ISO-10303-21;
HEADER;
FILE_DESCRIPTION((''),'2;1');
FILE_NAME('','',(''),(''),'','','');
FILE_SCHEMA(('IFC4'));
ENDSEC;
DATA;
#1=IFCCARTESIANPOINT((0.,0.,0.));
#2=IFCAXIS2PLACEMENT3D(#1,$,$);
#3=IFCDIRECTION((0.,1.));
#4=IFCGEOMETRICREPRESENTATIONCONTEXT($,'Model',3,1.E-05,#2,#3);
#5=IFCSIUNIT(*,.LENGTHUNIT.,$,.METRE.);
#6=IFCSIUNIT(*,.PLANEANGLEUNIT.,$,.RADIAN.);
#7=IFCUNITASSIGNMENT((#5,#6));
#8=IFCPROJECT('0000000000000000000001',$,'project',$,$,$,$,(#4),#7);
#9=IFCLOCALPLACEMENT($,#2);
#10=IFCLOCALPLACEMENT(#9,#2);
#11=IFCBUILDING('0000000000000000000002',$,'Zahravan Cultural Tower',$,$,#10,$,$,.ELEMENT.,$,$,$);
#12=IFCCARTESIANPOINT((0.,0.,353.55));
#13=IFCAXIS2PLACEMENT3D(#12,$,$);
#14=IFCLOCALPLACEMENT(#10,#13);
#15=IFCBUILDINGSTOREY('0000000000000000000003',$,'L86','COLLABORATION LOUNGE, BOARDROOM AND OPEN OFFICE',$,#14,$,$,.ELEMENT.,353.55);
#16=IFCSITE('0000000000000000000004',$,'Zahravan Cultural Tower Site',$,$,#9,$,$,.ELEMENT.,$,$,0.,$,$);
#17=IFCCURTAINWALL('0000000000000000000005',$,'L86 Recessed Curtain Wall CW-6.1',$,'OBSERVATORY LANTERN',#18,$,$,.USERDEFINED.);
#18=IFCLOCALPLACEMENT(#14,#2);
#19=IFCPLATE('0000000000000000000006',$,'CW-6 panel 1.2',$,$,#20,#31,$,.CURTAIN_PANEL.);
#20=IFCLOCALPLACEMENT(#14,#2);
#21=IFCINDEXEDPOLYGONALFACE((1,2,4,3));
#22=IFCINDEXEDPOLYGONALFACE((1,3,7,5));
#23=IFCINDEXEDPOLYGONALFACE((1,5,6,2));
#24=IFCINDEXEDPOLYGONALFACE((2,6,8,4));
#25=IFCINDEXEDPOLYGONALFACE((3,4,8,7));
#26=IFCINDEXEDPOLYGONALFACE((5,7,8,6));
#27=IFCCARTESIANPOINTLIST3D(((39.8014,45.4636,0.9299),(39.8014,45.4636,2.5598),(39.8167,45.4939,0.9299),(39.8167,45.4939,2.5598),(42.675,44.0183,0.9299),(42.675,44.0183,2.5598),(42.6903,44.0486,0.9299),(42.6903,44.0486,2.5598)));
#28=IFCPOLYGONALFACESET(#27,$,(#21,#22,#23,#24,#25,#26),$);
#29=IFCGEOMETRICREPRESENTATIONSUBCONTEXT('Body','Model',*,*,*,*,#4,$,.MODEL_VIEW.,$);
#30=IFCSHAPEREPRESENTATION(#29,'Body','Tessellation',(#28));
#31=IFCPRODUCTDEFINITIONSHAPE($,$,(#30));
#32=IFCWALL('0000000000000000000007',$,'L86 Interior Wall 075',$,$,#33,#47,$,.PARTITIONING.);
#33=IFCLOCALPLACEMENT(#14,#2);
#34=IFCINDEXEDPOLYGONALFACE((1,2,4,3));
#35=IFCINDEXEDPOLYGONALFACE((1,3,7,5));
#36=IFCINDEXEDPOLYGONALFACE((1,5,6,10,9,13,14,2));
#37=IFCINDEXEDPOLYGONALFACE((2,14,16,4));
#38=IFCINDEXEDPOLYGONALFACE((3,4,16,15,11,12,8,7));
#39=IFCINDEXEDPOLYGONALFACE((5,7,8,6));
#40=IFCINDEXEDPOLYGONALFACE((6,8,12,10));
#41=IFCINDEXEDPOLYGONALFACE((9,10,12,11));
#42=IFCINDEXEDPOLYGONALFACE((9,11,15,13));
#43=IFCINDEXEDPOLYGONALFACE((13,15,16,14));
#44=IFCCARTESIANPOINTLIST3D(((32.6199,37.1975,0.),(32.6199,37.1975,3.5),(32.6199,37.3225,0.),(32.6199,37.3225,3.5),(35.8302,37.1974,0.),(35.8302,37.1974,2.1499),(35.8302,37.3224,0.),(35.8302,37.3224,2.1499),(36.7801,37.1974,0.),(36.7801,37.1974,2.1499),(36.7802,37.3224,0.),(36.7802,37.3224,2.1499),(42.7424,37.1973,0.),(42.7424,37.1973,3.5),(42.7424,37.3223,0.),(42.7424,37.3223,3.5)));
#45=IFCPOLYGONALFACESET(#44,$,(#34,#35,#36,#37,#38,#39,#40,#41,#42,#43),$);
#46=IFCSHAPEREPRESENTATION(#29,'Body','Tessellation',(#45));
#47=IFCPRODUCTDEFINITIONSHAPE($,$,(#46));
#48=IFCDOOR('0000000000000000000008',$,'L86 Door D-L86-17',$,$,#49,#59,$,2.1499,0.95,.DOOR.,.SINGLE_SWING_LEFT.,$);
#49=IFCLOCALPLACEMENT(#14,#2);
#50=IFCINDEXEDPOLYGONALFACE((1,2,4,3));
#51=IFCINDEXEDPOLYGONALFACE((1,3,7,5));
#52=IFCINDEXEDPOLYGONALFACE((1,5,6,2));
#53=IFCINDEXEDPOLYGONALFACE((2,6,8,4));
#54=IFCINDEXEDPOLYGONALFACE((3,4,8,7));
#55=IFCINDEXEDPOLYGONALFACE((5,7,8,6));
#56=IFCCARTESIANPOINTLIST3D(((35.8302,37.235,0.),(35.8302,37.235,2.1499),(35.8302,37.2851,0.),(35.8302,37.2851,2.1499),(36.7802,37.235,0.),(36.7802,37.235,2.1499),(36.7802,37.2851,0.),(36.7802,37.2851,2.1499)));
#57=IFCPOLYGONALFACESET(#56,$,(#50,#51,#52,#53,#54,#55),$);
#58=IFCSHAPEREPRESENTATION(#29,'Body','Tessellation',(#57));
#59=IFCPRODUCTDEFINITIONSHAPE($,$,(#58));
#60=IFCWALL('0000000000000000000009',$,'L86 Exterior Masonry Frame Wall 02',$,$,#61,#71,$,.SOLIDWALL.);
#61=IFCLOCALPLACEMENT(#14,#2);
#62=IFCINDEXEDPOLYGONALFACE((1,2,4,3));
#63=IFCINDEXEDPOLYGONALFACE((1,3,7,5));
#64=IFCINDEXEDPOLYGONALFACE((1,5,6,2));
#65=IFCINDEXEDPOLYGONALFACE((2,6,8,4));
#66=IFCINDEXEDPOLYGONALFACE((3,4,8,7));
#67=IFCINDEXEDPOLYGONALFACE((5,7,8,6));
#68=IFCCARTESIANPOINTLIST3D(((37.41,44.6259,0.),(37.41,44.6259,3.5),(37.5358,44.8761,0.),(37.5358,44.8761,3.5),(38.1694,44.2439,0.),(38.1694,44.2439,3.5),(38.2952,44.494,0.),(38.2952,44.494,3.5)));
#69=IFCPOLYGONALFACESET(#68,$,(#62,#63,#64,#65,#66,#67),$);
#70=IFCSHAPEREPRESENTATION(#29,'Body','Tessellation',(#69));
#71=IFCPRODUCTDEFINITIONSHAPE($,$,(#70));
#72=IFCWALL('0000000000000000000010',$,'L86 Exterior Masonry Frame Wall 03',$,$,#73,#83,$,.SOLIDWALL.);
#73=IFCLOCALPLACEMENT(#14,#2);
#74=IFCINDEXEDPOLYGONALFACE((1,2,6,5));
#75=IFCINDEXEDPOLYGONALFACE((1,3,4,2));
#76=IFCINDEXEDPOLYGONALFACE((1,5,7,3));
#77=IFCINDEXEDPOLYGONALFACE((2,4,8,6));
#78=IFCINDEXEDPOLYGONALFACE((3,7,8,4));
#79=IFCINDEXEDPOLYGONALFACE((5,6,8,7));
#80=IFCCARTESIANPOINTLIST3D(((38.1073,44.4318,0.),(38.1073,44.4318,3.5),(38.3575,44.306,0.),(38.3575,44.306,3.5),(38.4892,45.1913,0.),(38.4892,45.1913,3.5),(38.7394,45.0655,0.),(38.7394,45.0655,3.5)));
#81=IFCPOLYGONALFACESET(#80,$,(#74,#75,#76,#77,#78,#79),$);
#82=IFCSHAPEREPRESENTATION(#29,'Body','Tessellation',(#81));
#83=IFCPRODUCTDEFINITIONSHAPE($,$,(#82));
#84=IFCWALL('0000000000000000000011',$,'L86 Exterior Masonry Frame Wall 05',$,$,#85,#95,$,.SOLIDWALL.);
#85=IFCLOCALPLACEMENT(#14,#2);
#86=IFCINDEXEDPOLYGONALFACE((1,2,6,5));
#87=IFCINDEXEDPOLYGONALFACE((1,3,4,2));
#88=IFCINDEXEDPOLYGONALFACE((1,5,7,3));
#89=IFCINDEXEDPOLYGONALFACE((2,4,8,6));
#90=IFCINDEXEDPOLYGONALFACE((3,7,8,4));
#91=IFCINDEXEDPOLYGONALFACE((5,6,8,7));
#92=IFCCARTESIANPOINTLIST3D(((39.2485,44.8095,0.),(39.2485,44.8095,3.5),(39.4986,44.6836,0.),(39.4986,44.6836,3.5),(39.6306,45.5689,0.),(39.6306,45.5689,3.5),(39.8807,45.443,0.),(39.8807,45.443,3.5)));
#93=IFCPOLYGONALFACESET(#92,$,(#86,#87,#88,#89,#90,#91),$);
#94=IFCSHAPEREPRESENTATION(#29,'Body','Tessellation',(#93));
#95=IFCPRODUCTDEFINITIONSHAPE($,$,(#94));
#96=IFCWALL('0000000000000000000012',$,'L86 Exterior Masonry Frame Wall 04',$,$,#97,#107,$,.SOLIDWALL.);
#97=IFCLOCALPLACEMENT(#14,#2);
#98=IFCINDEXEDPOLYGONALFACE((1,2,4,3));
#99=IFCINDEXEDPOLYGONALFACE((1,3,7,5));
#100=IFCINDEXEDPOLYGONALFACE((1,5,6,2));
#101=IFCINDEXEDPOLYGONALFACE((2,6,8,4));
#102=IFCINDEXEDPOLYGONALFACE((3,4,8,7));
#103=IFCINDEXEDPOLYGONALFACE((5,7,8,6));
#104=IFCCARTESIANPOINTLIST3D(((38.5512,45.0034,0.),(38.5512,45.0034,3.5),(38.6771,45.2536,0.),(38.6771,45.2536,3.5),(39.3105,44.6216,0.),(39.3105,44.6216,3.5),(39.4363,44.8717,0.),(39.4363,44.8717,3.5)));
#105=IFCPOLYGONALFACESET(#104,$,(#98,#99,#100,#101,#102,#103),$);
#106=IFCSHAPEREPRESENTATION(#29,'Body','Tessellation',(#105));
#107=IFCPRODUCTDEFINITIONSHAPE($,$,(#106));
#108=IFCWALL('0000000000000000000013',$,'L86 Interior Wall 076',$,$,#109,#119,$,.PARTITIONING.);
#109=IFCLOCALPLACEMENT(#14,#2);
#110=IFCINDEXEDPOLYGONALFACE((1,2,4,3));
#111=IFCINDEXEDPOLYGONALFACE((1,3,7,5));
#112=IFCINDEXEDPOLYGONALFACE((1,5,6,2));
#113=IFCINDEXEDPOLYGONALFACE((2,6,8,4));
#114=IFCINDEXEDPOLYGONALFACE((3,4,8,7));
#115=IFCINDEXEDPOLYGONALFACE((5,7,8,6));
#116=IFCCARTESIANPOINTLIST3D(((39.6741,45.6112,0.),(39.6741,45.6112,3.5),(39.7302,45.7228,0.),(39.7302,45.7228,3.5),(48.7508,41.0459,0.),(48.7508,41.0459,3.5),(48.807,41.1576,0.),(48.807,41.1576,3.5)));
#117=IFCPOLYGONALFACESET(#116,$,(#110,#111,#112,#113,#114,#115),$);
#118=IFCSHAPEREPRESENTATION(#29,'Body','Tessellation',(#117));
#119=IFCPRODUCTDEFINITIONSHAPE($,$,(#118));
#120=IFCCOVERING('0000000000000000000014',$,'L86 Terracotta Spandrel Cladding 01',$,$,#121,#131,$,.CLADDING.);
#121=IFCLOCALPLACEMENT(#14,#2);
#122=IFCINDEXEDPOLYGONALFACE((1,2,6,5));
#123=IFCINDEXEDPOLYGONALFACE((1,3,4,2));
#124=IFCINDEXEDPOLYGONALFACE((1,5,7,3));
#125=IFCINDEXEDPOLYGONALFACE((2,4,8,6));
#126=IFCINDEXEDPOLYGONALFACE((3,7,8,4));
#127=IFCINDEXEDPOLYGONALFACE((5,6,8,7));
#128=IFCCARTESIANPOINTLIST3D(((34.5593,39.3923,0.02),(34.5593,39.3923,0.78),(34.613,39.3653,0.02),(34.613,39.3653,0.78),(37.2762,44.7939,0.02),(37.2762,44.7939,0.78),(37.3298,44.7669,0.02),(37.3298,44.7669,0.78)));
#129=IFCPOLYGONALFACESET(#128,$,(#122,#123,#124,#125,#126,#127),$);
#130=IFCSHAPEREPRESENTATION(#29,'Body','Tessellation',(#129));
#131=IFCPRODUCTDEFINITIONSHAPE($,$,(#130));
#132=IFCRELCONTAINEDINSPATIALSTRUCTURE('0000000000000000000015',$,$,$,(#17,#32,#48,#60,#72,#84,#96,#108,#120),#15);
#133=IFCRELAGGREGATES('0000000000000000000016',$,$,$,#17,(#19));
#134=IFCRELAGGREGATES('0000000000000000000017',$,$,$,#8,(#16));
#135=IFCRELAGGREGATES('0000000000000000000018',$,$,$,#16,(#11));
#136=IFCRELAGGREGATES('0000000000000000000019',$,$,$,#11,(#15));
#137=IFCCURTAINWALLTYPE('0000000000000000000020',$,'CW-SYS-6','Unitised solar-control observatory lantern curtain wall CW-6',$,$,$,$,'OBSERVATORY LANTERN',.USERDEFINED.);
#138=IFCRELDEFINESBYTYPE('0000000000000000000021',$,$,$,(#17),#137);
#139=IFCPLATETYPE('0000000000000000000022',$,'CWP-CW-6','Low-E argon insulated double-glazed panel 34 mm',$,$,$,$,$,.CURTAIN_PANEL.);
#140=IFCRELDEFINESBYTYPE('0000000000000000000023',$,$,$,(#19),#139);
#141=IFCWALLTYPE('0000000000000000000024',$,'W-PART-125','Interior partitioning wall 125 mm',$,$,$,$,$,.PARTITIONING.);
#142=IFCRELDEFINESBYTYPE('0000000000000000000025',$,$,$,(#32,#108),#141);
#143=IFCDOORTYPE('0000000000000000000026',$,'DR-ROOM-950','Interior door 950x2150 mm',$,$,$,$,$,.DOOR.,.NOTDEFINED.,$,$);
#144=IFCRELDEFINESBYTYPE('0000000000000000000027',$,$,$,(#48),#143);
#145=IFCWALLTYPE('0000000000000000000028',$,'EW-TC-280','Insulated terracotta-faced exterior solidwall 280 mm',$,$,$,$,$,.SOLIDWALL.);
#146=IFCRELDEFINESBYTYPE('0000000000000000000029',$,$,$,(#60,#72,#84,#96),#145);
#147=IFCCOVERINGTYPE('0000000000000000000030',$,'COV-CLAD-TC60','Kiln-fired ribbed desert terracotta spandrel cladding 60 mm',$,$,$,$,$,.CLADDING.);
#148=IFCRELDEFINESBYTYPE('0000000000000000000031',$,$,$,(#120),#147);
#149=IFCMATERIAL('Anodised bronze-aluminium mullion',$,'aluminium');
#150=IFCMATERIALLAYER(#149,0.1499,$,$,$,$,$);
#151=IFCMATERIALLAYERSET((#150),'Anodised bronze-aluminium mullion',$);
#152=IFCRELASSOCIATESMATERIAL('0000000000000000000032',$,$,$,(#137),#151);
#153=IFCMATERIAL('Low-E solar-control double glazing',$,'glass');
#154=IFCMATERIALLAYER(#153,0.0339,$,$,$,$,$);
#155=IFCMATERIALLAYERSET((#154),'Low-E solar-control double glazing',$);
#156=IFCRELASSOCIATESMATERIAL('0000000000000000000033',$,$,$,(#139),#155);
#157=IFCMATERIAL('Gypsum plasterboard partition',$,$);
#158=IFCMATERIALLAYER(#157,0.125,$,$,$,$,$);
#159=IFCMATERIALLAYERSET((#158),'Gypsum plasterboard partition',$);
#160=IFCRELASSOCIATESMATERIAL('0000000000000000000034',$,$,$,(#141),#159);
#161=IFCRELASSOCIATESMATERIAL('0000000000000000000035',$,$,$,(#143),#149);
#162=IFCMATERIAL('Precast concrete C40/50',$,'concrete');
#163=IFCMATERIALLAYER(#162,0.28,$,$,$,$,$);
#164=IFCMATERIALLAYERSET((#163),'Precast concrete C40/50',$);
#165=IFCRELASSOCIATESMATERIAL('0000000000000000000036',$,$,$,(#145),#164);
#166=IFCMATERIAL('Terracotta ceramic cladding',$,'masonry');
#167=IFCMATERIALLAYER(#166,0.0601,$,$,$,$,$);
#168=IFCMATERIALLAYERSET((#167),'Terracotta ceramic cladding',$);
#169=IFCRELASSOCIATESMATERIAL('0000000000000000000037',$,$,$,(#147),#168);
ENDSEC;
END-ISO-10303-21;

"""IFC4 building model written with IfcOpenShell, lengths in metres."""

from ifc_helpers import new_model, si_unit, direction, frame, frame_2d, origin, origin_2d, place, context, subcontext, project, spatial, rectangle, extrude, source, transform, mapped, material, layer, layer_set, type_object, element, fill, aggregate, save


model = new_model("IFC4")

# Units and contexts
model_context = context("Model", 3, precision=1e-05, world=origin(), true_north=direction((0.0, 1.0)))
body_context = subcontext(model_context, "Body", "Model", "MODEL_VIEW")
ifc_project = project(units=[si_unit("LENGTHUNIT", "METRE"), si_unit("PLANEANGLEUNIT", "RADIAN")], contexts=[model_context])

# Site, building, storey
site_placement = place(None, origin())
site = spatial("IfcSite", under=ifc_project, at=site_placement, Name="Zahravan Cultural Tower Site", CompositionType="ELEMENT", RefElevation=0.0)
building_placement = place(site_placement, origin())
building = spatial("IfcBuilding", under=site, at=building_placement, Name="Zahravan Cultural Tower", CompositionType="ELEMENT")
storey_placement = place(building_placement, frame((0.0, 0.0, 353.55)))
storey = spatial("IfcBuildingStorey", under=building, at=storey_placement, Name="L86", Description="COLLABORATION LOUNGE, BOARDROOM AND OPEN OFFICE", CompositionType="ELEMENT", Elevation=353.55)

# Curtain wall, plate
ifc_material_1 = material(Name="Anodised bronze-aluminium mullion", Category="aluminium")
ifc_layer_1 = layer(ifc_material_1, 0.1499)
ifc_layer_set_1 = layer_set([ifc_layer_1], Name="Anodised bronze-aluminium mullion")
curtain_wall_type = type_object("IfcCurtainWallType", Name="CW-SYS-6", Description="Unitised solar-control observatory lantern curtain wall CW-6", ElementType="OBSERVATORY LANTERN", PredefinedType="USERDEFINED", material=ifc_layer_set_1)
curtain_wall_placement = place(storey_placement, origin())
curtain_wall = element("IfcCurtainWall", 1, at=curtain_wall_placement, inside=storey, type_object=curtain_wall_type, Name="L86 Recessed Curtain Wall CW-6.1", ObjectType="OBSERVATORY LANTERN", PredefinedType="USERDEFINED")
ifc_material_2 = material(Name="Low-E solar-control double glazing", Category="glass")
ifc_layer_2 = layer(ifc_material_2, 0.0339)
ifc_layer_set_2 = layer_set([ifc_layer_2], Name="Low-E solar-control double glazing")
plate_type = type_object("IfcPlateType", Name="CWP-CW-6", Description="Low-E argon insulated double-glazed panel 34 mm", PredefinedType="CURTAIN_PANEL", material=ifc_layer_set_2)
shared_shape_1 = source(origin(), body_context, "Body", "SweptSolid", [
    extrude(rectangle(XDim=3.2166, YDim=0.0339, at=origin_2d()), origin(), (0.0, 0.0, 1.0), 1.6299),
])
plate_1_placement = place(storey_placement, frame((41.2458, 44.7561, 0.9299), z_axis=(0.0, 0.0, 1.0), x_axis=(0.893372, -0.449317, 0.0)))
plate_1 = element("IfcPlate", 2, at=plate_1_placement, type_object=plate_type, Name="CW-6 panel 1.2", PredefinedType="CURTAIN_PANEL", context=body_context, shape_type="MappedRepresentation", body=[
    mapped(shared_shape_1, transform((0.0, 0.0, 0.0), x_axis=(1.0, 0.0, 0.0), y_axis=(0.0, 1.0, 0.0), z_axis=(0.0, 0.0, 1.0), scale=1.0)),
])
aggregate(curtain_wall, [plate_1])

# Wall, opening, door
ifc_material_3 = material(Name="Gypsum plasterboard partition")
ifc_layer_3 = layer(ifc_material_3, 0.125)
ifc_layer_set_3 = layer_set([ifc_layer_3], Name="Gypsum plasterboard partition")
wall_type_1 = type_object("IfcWallType", Name="W-PART-125", Description="Interior partitioning wall 125 mm", PredefinedType="PARTITIONING", material=ifc_layer_set_3)
wall_1_placement = place(storey_placement, frame((42.7424, 37.2598, 0.0), z_axis=(0.0, 0.0, 1.0), x_axis=(-1.0, 0.000024, 0.0)))
wall_1 = element("IfcWall", 3, at=wall_1_placement, inside=storey, type_object=wall_type_1, Name="L86 Interior Wall 075", PredefinedType="PARTITIONING", context=body_context, shape_type="SweptSolid", body=[
    extrude(rectangle(XDim=10.1226, YDim=0.125, at=frame_2d((5.0613, 0.0))), origin(), (0.0, 0.0, 1.0), 3.5),
])
opening_placement = place(wall_1_placement, frame((5.9622, 0.0, 0.0)))
opening = element("IfcOpeningElement", 4, at=opening_placement, cuts=wall_1, PredefinedType="OPENING", context=body_context, shape_type="SweptSolid", body=[
    extrude(rectangle(XDim=0.95, YDim=2.1499, at=frame_2d((0.4751, 1.075))), frame((0.0, 0.0725, 0.0), z_axis=(0.0, -1.0, 0.0), x_axis=(1.0, 0.0, 0.0)), (0.0, 0.0, 1.0), 0.145),
])
door_type = type_object("IfcDoorType", Name="DR-ROOM-950", Description="Interior door 950x2150 mm", OperationType="NOTDEFINED", PredefinedType="DOOR", material=ifc_material_1)
shared_shape_2 = source(origin(), body_context, "Body", "SweptSolid", [
    extrude(rectangle(XDim=0.95, YDim=2.1499, at=frame_2d((0.4751, 1.075))), frame((0.0, 0.0249, 0.0), z_axis=(0.0, -1.0, 0.0), x_axis=(1.0, 0.0, 0.0)), (0.0, 0.0, 1.0), 0.05),
])
door_placement = place(opening_placement, origin())
door = element("IfcDoor", 5, at=door_placement, inside=storey, type_object=door_type, Name="L86 Door D-L86-17", OperationType="SINGLE_SWING_LEFT", OverallHeight=2.1499, OverallWidth=0.95, PredefinedType="DOOR", context=body_context, shape_type="MappedRepresentation", body=[
    mapped(shared_shape_2, transform((0.0, 0.0, 0.0), x_axis=(1.0, 0.0, 0.0), y_axis=(0.0, 1.0, 0.0), z_axis=(0.0, 0.0, 1.0), scale=1.0)),
])
fill(opening, door)

# Walls
ifc_material_4 = material(Name="Precast concrete C40/50", Category="concrete")
ifc_layer_4 = layer(ifc_material_4, 0.28)
ifc_layer_set_4 = layer_set([ifc_layer_4], Name="Precast concrete C40/50")
wall_type_2 = type_object("IfcWallType", Name="EW-TC-280", Description="Insulated terracotta-faced exterior solidwall 280 mm", PredefinedType="SOLIDWALL", material=ifc_layer_set_4)
shared_shape_3 = source(origin(), body_context, "Body", "SweptSolid", [
    extrude(rectangle(XDim=0.8501, YDim=0.28, at=frame_2d((0.425, 0.0))), origin(), (0.0, 0.0, 1.0), 3.5),
])
for number, where, z_axis, x_axis, name in (
    (6, (37.4729, 44.751, 0.0), (0.0, 0.0, 1.0), (0.893333, -0.449395, 0.0), "L86 Exterior Masonry Frame Wall 02"),
    (7, (38.2324, 44.3689, 0.0), (0.0, 0.0, 1.0), (0.449165, 0.893449, 0.0), "L86 Exterior Masonry Frame Wall 03"),
    (8, (39.3735, 44.7466, 0.0), (0.0, 0.0, 1.0), (0.44951, 0.893275, 0.0), "L86 Exterior Masonry Frame Wall 05"),
):
    element("IfcWall", number, at=place(storey_placement, frame(where, z_axis=z_axis, x_axis=x_axis)), inside=storey, type_object=wall_type_2, Name=name, PredefinedType="SOLIDWALL", context=body_context, shape_type="MappedRepresentation", body=[
        mapped(shared_shape_3, transform((0.0, 0.0, 0.0), x_axis=(1.0, 0.0, 0.0), y_axis=(0.0, 1.0, 0.0), z_axis=(0.0, 0.0, 1.0), scale=1.0)),
    ])
shared_shape_4 = source(origin(), body_context, "Body", "SweptSolid", [
    extrude(rectangle(XDim=0.8499, YDim=0.28, at=frame_2d((0.4248, 0.0))), origin(), (0.0, 0.0, 1.0), 3.5),
])
wall_2_placement = place(storey_placement, frame((38.6143, 45.1284, 0.0), z_axis=(0.0, 0.0, 1.0), x_axis=(0.893391, -0.449281, 0.0)))
element("IfcWall", 9, at=wall_2_placement, inside=storey, type_object=wall_type_2, Name="L86 Exterior Masonry Frame Wall 04", PredefinedType="SOLIDWALL", context=body_context, shape_type="MappedRepresentation", body=[
    mapped(shared_shape_4, transform((0.0, 0.0, 0.0), x_axis=(1.0, 0.0, 0.0), y_axis=(0.0, 1.0, 0.0), z_axis=(0.0, 0.0, 1.0), scale=1.0)),
])
shared_shape_5 = source(origin(), body_context, "Body", "SweptSolid", [
    extrude(rectangle(XDim=10.1602, YDim=0.125, at=frame_2d((5.0801, 0.0))), origin(), (0.0, 0.0, 1.0), 3.5),
])
wall_3_placement = place(storey_placement, frame((39.7021, 45.667, 0.0), z_axis=(0.0, 0.0, 1.0), x_axis=(0.893367, -0.449327, 0.0)))
element("IfcWall", 10, at=wall_3_placement, inside=storey, type_object=wall_type_1, Name="L86 Interior Wall 076", PredefinedType="PARTITIONING", context=body_context, shape_type="MappedRepresentation", body=[
    mapped(shared_shape_5, transform((0.0, 0.0, 0.0), x_axis=(1.0, 0.0, 0.0), y_axis=(0.0, 1.0, 0.0), z_axis=(0.0, 0.0, 1.0), scale=1.0)),
])

# Covering
ifc_material_5 = material(Name="Terracotta ceramic cladding", Category="masonry")
ifc_layer_5 = layer(ifc_material_5, 0.0601)
ifc_layer_set_5 = layer_set([ifc_layer_5], Name="Terracotta ceramic cladding")
covering_type = type_object("IfcCoveringType", Name="COV-CLAD-TC60", Description="Kiln-fired ribbed desert terracotta spandrel cladding 60 mm", PredefinedType="CLADDING", material=ifc_layer_set_5)
shared_shape_6 = source(origin(), body_context, "Body", "SweptSolid", [
    extrude(rectangle(XDim=6.0464, YDim=0.0601, at=origin_2d()), origin(), (0.0, 0.0, 1.0), 0.76),
])
covering_placement = place(storey_placement, frame((35.9446, 42.0796, 0.02), z_axis=(0.0, 0.0, 1.0), x_axis=(0.449335, 0.893364, 0.0)))
element("IfcCovering", 11, at=covering_placement, inside=storey, type_object=covering_type, Name="L86 Terracotta Spandrel Cladding 01", PredefinedType="CLADDING", context=body_context, shape_type="MappedRepresentation", body=[
    mapped(shared_shape_6, transform((0.0, 0.0, 0.0), x_axis=(1.0, 0.0, 0.0), y_axis=(0.0, 1.0, 0.0), z_axis=(0.0, 0.0, 1.0), scale=1.0)),
])

save(model, "model.ifc")
